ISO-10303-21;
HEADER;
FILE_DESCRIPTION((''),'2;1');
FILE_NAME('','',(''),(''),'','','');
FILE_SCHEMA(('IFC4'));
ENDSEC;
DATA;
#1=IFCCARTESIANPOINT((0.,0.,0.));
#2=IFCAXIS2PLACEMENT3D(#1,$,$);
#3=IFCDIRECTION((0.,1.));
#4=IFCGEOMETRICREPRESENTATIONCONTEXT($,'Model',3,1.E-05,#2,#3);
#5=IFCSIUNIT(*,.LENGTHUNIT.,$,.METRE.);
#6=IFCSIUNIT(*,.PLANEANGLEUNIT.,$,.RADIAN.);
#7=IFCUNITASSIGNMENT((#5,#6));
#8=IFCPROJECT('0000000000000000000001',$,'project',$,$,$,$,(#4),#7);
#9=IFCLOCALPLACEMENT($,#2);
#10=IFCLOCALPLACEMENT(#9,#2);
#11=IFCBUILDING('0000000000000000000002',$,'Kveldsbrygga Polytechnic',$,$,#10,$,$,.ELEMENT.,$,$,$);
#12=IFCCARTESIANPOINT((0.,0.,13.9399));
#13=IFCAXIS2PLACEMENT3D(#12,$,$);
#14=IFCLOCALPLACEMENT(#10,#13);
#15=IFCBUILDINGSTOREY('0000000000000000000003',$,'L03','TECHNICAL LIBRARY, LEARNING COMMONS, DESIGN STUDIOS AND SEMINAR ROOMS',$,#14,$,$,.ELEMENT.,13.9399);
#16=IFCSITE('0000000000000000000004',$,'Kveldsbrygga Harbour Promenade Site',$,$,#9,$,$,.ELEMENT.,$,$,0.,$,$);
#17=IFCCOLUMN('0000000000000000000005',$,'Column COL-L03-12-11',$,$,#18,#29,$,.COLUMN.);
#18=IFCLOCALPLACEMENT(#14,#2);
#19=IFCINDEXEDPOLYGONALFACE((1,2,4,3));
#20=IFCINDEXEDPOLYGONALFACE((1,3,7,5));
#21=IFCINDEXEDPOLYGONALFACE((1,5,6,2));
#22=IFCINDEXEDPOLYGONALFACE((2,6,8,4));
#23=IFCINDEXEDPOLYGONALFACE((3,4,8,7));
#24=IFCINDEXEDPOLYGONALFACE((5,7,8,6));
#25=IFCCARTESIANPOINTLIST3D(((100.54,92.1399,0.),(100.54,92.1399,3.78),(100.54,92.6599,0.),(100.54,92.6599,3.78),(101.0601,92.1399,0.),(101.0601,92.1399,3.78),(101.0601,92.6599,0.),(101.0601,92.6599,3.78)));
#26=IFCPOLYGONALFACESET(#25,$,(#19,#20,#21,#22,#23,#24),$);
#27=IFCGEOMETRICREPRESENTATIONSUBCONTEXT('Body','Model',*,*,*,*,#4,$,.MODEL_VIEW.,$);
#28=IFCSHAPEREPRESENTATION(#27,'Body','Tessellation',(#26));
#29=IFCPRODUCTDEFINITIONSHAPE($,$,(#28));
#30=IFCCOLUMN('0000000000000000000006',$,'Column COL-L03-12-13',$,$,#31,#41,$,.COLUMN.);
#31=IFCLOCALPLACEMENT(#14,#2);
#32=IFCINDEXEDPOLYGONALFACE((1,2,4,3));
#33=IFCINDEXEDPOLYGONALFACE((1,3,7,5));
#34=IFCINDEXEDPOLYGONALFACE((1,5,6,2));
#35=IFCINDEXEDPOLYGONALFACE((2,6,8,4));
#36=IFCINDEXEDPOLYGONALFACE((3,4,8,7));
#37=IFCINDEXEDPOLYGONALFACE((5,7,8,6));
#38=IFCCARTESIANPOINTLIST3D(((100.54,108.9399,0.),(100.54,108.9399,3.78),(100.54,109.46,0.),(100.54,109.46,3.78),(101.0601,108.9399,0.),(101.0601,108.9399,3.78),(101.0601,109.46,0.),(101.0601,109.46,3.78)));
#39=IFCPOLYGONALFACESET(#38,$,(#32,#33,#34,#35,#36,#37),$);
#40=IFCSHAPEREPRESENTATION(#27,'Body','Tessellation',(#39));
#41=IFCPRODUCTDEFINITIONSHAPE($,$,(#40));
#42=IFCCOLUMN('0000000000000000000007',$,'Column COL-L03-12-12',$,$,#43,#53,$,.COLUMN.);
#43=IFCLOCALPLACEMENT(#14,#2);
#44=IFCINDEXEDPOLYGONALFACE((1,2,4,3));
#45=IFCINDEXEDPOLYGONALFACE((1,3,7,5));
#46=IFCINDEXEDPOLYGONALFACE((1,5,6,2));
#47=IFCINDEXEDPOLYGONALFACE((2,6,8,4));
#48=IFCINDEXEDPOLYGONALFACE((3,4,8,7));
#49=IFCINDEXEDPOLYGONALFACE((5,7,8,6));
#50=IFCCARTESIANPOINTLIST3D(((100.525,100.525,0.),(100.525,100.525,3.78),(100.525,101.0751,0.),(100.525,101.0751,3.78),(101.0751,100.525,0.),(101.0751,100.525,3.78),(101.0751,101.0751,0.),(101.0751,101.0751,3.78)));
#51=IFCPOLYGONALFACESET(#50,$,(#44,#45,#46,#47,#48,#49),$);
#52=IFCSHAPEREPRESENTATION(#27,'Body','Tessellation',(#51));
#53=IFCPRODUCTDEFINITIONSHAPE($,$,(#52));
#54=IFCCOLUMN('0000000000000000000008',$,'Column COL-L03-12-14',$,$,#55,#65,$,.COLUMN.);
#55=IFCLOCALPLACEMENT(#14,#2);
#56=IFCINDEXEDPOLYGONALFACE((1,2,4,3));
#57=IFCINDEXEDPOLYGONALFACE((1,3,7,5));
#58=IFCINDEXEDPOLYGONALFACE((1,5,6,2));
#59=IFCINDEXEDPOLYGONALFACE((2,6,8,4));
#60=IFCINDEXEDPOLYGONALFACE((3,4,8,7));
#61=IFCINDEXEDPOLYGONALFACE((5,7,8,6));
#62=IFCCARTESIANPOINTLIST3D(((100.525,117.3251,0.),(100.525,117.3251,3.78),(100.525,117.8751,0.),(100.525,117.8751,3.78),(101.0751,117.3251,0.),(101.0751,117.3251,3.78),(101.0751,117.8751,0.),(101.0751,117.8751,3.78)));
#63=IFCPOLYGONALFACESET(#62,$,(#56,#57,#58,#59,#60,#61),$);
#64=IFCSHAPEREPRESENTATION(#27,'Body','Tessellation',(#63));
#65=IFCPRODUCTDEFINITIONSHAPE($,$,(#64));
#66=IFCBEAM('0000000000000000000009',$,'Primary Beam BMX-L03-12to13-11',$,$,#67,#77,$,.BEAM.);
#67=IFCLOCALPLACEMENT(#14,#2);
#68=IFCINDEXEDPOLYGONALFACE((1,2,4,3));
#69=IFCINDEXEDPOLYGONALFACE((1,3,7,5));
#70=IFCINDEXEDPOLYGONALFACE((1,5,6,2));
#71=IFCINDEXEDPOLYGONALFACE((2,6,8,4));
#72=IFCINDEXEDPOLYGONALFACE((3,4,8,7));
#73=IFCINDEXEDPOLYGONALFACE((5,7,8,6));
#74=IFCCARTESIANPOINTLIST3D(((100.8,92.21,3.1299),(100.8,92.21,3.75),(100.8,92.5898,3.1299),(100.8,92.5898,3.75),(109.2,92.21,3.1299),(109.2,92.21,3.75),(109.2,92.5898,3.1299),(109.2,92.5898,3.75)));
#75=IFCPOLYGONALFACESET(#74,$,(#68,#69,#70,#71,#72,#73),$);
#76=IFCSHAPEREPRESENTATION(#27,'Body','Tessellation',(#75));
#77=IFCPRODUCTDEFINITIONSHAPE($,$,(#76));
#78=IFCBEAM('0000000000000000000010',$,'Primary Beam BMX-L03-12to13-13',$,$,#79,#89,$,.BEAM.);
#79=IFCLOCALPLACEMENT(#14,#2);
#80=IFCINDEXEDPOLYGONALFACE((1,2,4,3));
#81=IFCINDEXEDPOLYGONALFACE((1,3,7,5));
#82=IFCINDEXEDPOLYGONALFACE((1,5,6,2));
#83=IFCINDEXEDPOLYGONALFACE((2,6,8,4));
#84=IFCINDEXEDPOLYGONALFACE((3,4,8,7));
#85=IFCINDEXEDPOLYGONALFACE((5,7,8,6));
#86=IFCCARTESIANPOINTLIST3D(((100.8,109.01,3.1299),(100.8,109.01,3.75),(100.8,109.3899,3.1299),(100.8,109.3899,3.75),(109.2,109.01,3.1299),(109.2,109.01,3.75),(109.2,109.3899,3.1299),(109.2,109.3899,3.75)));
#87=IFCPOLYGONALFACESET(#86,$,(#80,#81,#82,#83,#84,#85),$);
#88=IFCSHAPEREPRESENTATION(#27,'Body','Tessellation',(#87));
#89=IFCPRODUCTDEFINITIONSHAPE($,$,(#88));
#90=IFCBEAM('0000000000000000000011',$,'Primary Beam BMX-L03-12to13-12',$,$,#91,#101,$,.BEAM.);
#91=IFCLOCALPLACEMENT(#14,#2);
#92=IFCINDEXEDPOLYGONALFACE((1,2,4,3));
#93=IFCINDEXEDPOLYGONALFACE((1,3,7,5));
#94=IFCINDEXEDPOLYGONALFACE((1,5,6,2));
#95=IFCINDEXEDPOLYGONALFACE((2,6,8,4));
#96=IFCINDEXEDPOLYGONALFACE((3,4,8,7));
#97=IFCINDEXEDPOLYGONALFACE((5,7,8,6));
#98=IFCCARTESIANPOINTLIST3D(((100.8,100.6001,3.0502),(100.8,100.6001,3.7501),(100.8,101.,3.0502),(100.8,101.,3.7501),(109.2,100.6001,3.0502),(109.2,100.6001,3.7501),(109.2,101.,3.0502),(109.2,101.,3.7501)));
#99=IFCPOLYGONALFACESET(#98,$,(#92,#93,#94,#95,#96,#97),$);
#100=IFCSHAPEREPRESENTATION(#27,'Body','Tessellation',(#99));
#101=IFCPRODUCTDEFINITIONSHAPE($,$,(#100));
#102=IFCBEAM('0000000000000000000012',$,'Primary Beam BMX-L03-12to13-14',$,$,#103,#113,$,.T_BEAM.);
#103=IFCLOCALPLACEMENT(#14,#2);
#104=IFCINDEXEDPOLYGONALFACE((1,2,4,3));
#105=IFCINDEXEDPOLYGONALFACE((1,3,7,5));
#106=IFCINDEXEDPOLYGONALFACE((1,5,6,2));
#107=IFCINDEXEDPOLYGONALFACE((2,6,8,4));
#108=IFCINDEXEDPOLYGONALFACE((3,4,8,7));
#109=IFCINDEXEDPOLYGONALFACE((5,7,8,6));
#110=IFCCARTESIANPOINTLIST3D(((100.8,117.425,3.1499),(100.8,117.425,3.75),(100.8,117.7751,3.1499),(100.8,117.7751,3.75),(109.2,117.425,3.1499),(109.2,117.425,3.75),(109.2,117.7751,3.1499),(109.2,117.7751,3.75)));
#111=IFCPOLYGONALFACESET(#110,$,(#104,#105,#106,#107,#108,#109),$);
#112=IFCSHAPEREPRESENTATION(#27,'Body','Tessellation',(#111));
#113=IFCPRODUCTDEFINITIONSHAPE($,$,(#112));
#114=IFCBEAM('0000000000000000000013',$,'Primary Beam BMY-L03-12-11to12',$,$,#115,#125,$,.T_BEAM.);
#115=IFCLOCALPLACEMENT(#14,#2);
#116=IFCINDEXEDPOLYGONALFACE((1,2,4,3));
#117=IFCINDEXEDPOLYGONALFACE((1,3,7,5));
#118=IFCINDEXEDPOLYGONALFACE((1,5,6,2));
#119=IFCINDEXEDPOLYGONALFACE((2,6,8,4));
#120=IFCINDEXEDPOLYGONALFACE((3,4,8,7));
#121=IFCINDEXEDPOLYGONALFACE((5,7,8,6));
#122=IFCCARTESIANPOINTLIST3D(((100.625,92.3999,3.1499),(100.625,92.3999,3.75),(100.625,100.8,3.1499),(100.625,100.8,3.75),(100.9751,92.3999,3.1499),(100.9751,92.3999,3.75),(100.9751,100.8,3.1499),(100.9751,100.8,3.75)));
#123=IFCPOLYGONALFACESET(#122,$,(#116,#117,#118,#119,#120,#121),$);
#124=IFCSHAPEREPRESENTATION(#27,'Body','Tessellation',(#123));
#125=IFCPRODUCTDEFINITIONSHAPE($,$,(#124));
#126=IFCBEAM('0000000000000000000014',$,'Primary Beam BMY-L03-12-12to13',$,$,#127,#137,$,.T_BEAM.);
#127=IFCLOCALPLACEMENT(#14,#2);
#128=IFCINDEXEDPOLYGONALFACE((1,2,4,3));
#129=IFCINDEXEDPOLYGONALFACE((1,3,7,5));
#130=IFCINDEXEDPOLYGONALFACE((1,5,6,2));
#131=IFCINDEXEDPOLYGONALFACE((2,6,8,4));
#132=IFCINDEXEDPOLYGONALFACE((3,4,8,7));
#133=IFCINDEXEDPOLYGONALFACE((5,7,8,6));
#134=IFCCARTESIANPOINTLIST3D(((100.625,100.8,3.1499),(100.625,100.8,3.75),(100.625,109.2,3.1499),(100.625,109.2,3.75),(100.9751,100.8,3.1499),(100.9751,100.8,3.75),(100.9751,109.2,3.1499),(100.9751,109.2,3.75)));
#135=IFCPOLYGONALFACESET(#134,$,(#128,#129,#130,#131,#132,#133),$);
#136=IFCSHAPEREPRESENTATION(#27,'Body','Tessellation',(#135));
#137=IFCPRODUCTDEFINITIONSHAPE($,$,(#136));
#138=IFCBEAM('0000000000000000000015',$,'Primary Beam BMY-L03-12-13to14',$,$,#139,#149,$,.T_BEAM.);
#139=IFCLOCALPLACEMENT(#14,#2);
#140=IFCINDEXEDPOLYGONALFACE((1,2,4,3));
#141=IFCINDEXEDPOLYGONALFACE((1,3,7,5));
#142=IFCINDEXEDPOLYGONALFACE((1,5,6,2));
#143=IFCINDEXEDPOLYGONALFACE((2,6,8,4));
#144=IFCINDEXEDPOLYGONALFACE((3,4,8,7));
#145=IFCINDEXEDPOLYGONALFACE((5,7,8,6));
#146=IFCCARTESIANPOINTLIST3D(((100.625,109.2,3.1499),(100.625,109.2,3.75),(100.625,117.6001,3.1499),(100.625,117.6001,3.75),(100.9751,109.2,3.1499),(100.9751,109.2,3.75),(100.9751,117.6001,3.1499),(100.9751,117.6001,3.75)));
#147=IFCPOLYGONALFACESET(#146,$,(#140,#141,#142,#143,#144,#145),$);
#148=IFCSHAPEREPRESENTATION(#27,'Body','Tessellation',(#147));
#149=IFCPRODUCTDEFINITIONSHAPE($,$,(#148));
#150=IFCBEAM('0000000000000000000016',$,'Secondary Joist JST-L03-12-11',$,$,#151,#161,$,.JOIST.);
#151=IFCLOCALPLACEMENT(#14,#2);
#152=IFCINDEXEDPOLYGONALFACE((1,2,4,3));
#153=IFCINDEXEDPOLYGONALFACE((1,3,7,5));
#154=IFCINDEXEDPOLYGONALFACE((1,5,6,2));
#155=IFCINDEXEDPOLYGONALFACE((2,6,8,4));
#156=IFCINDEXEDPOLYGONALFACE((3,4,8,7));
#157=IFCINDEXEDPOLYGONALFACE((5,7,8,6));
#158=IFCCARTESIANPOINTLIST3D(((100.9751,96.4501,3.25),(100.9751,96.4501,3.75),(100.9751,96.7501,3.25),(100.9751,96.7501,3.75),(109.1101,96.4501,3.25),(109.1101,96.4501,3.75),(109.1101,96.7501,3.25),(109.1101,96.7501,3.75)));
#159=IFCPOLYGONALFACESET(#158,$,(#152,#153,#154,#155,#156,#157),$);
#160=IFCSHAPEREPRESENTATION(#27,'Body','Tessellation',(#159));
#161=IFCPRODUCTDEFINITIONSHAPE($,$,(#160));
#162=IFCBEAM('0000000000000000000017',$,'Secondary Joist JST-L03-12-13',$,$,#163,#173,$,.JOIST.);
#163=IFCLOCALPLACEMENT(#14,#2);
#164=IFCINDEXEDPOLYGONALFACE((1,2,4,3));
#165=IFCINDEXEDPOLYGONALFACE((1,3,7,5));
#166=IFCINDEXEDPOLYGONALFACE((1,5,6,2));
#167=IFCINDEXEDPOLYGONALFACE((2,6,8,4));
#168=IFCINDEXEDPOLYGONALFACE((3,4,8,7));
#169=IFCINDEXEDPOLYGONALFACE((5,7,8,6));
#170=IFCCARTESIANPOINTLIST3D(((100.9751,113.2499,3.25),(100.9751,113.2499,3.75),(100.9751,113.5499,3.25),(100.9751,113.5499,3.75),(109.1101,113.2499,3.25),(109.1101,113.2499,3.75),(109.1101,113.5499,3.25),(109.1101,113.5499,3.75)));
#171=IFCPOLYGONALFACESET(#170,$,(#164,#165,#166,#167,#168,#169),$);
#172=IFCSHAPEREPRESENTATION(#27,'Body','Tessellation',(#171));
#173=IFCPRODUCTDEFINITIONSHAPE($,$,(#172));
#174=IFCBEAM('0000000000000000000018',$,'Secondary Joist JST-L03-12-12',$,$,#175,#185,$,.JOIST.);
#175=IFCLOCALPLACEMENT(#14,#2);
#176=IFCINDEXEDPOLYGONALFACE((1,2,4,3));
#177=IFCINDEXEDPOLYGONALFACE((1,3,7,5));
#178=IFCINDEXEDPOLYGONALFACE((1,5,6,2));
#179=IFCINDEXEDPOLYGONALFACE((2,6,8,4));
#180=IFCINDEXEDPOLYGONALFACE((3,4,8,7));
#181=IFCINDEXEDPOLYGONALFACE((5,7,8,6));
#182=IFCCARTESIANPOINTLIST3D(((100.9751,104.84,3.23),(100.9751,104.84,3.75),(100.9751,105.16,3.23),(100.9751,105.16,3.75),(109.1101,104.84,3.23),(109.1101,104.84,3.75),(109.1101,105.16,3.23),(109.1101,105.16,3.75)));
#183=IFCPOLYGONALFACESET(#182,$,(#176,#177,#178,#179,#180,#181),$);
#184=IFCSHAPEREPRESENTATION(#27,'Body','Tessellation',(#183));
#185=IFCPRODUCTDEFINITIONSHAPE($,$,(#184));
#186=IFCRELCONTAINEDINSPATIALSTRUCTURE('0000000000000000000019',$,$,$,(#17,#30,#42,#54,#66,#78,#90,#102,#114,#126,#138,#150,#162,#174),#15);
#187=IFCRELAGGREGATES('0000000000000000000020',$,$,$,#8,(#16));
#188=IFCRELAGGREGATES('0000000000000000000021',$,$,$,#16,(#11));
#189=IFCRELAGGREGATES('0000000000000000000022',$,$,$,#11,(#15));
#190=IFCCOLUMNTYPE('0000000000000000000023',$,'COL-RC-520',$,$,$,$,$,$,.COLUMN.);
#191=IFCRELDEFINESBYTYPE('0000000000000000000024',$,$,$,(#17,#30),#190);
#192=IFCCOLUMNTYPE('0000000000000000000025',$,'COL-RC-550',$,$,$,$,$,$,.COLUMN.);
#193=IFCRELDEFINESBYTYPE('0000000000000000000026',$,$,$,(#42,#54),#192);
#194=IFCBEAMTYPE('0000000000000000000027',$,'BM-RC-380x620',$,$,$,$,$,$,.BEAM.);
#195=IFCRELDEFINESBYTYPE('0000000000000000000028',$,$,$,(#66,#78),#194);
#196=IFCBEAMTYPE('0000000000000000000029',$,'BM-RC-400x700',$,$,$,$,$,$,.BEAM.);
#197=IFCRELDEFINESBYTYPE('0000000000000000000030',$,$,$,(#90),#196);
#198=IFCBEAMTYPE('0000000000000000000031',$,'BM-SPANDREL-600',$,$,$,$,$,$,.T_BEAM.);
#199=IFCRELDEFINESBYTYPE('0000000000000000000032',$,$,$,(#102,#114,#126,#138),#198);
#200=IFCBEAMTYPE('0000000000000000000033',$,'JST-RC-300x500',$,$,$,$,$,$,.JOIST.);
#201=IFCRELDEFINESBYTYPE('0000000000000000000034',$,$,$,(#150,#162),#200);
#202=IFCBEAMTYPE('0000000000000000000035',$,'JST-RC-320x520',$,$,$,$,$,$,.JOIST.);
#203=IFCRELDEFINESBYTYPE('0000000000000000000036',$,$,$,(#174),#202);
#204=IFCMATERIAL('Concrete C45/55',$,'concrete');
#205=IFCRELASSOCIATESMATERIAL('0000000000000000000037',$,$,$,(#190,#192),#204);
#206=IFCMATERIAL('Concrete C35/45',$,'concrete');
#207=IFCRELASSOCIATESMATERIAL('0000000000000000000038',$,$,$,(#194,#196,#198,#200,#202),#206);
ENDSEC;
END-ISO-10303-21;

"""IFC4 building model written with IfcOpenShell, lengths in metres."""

from ifc_helpers import new_model, si_unit, direction, frame, origin, origin_2d, place, context, subcontext, project, spatial, rectangle, extrude, material, material_profile, profile_set, type_object, element, save


model = new_model("IFC4")

# Units and contexts
model_context = context("Model", 3, precision=1e-05, world=origin(), true_north=direction((0.0, 1.0)))
body_context = subcontext(model_context, "Body", "Model", "MODEL_VIEW")
ifc_project = project(units=[si_unit("LENGTHUNIT", "METRE"), si_unit("PLANEANGLEUNIT", "RADIAN")], contexts=[model_context])

# Site, building, storey
site_placement = place(None, origin())
site = spatial("IfcSite", under=ifc_project, at=site_placement, Name="Kveldsbrygga Harbour Promenade Site", CompositionType="ELEMENT", RefElevation=0.0)
building_placement = place(site_placement, origin())
building = spatial("IfcBuilding", under=site, at=building_placement, Name="Kveldsbrygga Polytechnic", CompositionType="ELEMENT")
storey_placement = place(building_placement, frame((0.0, 0.0, 13.9399)))
storey = spatial("IfcBuildingStorey", under=building, at=storey_placement, Name="L03", Description="TECHNICAL LIBRARY, LEARNING COMMONS, DESIGN STUDIOS AND SEMINAR ROOMS", CompositionType="ELEMENT", Elevation=13.9399)

# Columns
ifc_material_1 = material(Name="Concrete C45/55", Category="concrete")
ifc_material_profile_1 = material_profile(ifc_material_1, rectangle(XDim=0.52, YDim=0.52, at=origin_2d()), Name="RC 520x520")
ifc_profile_set_1 = profile_set([ifc_material_profile_1], Name="Concrete C45/55")
column_type_1 = type_object("IfcColumnType", Name="COL-RC-520", PredefinedType="COLUMN", material=ifc_profile_set_1)
for number, where, z_axis, x_axis, name in (
    (1, (100.8, 92.3999, 0.0), (0.0, 0.0, 1.0), (1.0, 0.0, 0.0), "Column COL-L03-12-11"),
    (2, (100.8, 109.2, 0.0), (0.0, 0.0, 1.0), (1.0, 0.0, 0.0), "Column COL-L03-12-13"),
):
    element("IfcColumn", number, at=place(storey_placement, frame(where, z_axis=z_axis, x_axis=x_axis)), inside=storey, type_object=column_type_1, Name=name, PredefinedType="COLUMN", context=body_context, shape_type="SweptSolid", body=[
        extrude(rectangle(XDim=0.52, YDim=0.52, at=origin_2d()), origin(), (0.0, 0.0, 1.0), 3.78),
    ])
ifc_material_profile_2 = material_profile(ifc_material_1, rectangle(XDim=0.55, YDim=0.55, at=origin_2d()), Name="RC 550x550")
ifc_profile_set_2 = profile_set([ifc_material_profile_2], Name="Concrete C45/55")
column_type_2 = type_object("IfcColumnType", Name="COL-RC-550", PredefinedType="COLUMN", material=ifc_profile_set_2)
for number, where, z_axis, x_axis, name in (
    (3, (100.8, 100.8, 0.0), (0.0, 0.0, 1.0), (1.0, 0.0, 0.0), "Column COL-L03-12-12"),
    (4, (100.8, 117.6001, 0.0), (0.0, 0.0, 1.0), (1.0, 0.0, 0.0), "Column COL-L03-12-14"),
):
    element("IfcColumn", number, at=place(storey_placement, frame(where, z_axis=z_axis, x_axis=x_axis)), inside=storey, type_object=column_type_2, Name=name, PredefinedType="COLUMN", context=body_context, shape_type="SweptSolid", body=[
        extrude(rectangle(XDim=0.55, YDim=0.55, at=origin_2d()), origin(), (0.0, 0.0, 1.0), 3.78),
    ])

# Beams
ifc_material_2 = material(Name="Concrete C35/45", Category="concrete")
ifc_material_profile_3 = material_profile(ifc_material_2, rectangle(XDim=0.3799, YDim=0.6201, at=origin_2d()), Name="RC 380x620")
ifc_profile_set_3 = profile_set([ifc_material_profile_3], Name="Concrete C35/45")
beam_type_1 = type_object("IfcBeamType", Name="BM-RC-380x620", PredefinedType="BEAM", material=ifc_profile_set_3)
for number, where, z_axis, x_axis, name in (
    (5, (100.8, 92.3999, 3.4399), (1.0, 0.0, 0.0), (0.0, 1.0, 0.0), "Primary Beam BMX-L03-12to13-11"),
    (6, (100.8, 109.2, 3.4399), (1.0, 0.0, 0.0), (0.0, 1.0, 0.0), "Primary Beam BMX-L03-12to13-13"),
):
    element("IfcBeam", number, at=place(storey_placement, frame(where, z_axis=z_axis, x_axis=x_axis)), inside=storey, type_object=beam_type_1, Name=name, PredefinedType="BEAM", context=body_context, shape_type="SweptSolid", body=[
        extrude(rectangle(XDim=0.3799, YDim=0.6201, at=origin_2d()), origin(), (0.0, 0.0, 1.0), 8.3999),
    ])
ifc_material_profile_4 = material_profile(ifc_material_2, rectangle(XDim=0.3999, YDim=0.7, at=origin_2d()), Name="RC 400x700")
ifc_profile_set_4 = profile_set([ifc_material_profile_4], Name="Concrete C35/45")
beam_type_2 = type_object("IfcBeamType", Name="BM-RC-400x700", PredefinedType="BEAM", material=ifc_profile_set_4)
beam_1_placement = place(storey_placement, frame((100.8, 100.8, 3.4001), z_axis=(1.0, 0.0, 0.0), x_axis=(0.0, 1.0, 0.0)))
element("IfcBeam", 7, at=beam_1_placement, inside=storey, type_object=beam_type_2, Name="Primary Beam BMX-L03-12to13-12", PredefinedType="BEAM", context=body_context, shape_type="SweptSolid", body=[
    extrude(rectangle(XDim=0.3999, YDim=0.7, at=origin_2d()), origin(), (0.0, 0.0, 1.0), 8.3999),
])
ifc_material_profile_5 = material_profile(ifc_material_2, rectangle(XDim=0.3501, YDim=0.6001, at=origin_2d()), Name="RC 350x600")
ifc_profile_set_5 = profile_set([ifc_material_profile_5], Name="Concrete C35/45")
beam_type_3 = type_object("IfcBeamType", Name="BM-SPANDREL-600", PredefinedType="T_BEAM", material=ifc_profile_set_5)
beam_2_placement = place(storey_placement, frame((100.8, 117.6001, 3.45), z_axis=(1.0, 0.0, 0.0), x_axis=(0.0, 1.0, 0.0)))
element("IfcBeam", 8, at=beam_2_placement, inside=storey, type_object=beam_type_3, Name="Primary Beam BMX-L03-12to13-14", PredefinedType="T_BEAM", context=body_context, shape_type="SweptSolid", body=[
    extrude(rectangle(XDim=0.3501, YDim=0.6001, at=origin_2d()), origin(), (0.0, 0.0, 1.0), 8.3999),
])
beam_3_placement = place(storey_placement, frame((100.8, 92.3999, 3.45), z_axis=(0.0, 1.0, 0.0), x_axis=(-1.0, 0.0, 0.0)))
element("IfcBeam", 9, at=beam_3_placement, inside=storey, type_object=beam_type_3, Name="Primary Beam BMY-L03-12-11to12", PredefinedType="T_BEAM", context=body_context, shape_type="SweptSolid", body=[
    extrude(rectangle(XDim=0.3501, YDim=0.6001, at=origin_2d()), origin(), (0.0, 0.0, 1.0), 8.4001),
])
beam_4_placement = place(storey_placement, frame((100.8, 100.8, 3.45), z_axis=(0.0, 1.0, 0.0), x_axis=(-1.0, 0.0, 0.0)))
element("IfcBeam", 10, at=beam_4_placement, inside=storey, type_object=beam_type_3, Name="Primary Beam BMY-L03-12-12to13", PredefinedType="T_BEAM", context=body_context, shape_type="SweptSolid", body=[
    extrude(rectangle(XDim=0.3501, YDim=0.6001, at=origin_2d()), origin(), (0.0, 0.0, 1.0), 8.3999),
])
beam_5_placement = place(storey_placement, frame((100.8, 109.2, 3.45), z_axis=(0.0, 1.0, 0.0), x_axis=(-1.0, 0.0, 0.0)))
element("IfcBeam", 11, at=beam_5_placement, inside=storey, type_object=beam_type_3, Name="Primary Beam BMY-L03-12-13to14", PredefinedType="T_BEAM", context=body_context, shape_type="SweptSolid", body=[
    extrude(rectangle(XDim=0.3501, YDim=0.6001, at=origin_2d()), origin(), (0.0, 0.0, 1.0), 8.4001),
])
ifc_material_profile_6 = material_profile(ifc_material_2, rectangle(XDim=0.3, YDim=0.5, at=origin_2d()), Name="RC 300x500")
ifc_profile_set_6 = profile_set([ifc_material_profile_6], Name="Concrete C35/45")
beam_type_4 = type_object("IfcBeamType", Name="JST-RC-300x500", PredefinedType="JOIST", material=ifc_profile_set_6)
for number, where, z_axis, x_axis, name in (
    (12, (100.9751, 96.6001, 3.5), (1.0, 0.0, 0.0), (0.0, 1.0, 0.0), "Secondary Joist JST-L03-12-11"),
    (13, (100.9751, 113.3999, 3.5), (1.0, 0.0, 0.0), (0.0, 1.0, 0.0), "Secondary Joist JST-L03-12-13"),
):
    element("IfcBeam", number, at=place(storey_placement, frame(where, z_axis=z_axis, x_axis=x_axis)), inside=storey, type_object=beam_type_4, Name=name, PredefinedType="JOIST", context=body_context, shape_type="SweptSolid", body=[
        extrude(rectangle(XDim=0.3, YDim=0.5, at=origin_2d()), origin(), (0.0, 0.0, 1.0), 8.135),
    ])
ifc_material_profile_7 = material_profile(ifc_material_2, rectangle(XDim=0.3201, YDim=0.52, at=origin_2d()), Name="RC 320x520")
ifc_profile_set_7 = profile_set([ifc_material_profile_7], Name="Concrete C35/45")
beam_type_5 = type_object("IfcBeamType", Name="JST-RC-320x520", PredefinedType="JOIST", material=ifc_profile_set_7)
beam_6_placement = place(storey_placement, frame((100.9751, 105.0, 3.49), z_axis=(1.0, 0.0, 0.0), x_axis=(0.0, 1.0, 0.0)))
element("IfcBeam", 14, at=beam_6_placement, inside=storey, type_object=beam_type_5, Name="Secondary Joist JST-L03-12-12", PredefinedType="JOIST", context=body_context, shape_type="SweptSolid", body=[
    extrude(rectangle(XDim=0.3201, YDim=0.52, at=origin_2d()), origin(), (0.0, 0.0, 1.0), 8.135),
])

save(model, "model.ifc")
